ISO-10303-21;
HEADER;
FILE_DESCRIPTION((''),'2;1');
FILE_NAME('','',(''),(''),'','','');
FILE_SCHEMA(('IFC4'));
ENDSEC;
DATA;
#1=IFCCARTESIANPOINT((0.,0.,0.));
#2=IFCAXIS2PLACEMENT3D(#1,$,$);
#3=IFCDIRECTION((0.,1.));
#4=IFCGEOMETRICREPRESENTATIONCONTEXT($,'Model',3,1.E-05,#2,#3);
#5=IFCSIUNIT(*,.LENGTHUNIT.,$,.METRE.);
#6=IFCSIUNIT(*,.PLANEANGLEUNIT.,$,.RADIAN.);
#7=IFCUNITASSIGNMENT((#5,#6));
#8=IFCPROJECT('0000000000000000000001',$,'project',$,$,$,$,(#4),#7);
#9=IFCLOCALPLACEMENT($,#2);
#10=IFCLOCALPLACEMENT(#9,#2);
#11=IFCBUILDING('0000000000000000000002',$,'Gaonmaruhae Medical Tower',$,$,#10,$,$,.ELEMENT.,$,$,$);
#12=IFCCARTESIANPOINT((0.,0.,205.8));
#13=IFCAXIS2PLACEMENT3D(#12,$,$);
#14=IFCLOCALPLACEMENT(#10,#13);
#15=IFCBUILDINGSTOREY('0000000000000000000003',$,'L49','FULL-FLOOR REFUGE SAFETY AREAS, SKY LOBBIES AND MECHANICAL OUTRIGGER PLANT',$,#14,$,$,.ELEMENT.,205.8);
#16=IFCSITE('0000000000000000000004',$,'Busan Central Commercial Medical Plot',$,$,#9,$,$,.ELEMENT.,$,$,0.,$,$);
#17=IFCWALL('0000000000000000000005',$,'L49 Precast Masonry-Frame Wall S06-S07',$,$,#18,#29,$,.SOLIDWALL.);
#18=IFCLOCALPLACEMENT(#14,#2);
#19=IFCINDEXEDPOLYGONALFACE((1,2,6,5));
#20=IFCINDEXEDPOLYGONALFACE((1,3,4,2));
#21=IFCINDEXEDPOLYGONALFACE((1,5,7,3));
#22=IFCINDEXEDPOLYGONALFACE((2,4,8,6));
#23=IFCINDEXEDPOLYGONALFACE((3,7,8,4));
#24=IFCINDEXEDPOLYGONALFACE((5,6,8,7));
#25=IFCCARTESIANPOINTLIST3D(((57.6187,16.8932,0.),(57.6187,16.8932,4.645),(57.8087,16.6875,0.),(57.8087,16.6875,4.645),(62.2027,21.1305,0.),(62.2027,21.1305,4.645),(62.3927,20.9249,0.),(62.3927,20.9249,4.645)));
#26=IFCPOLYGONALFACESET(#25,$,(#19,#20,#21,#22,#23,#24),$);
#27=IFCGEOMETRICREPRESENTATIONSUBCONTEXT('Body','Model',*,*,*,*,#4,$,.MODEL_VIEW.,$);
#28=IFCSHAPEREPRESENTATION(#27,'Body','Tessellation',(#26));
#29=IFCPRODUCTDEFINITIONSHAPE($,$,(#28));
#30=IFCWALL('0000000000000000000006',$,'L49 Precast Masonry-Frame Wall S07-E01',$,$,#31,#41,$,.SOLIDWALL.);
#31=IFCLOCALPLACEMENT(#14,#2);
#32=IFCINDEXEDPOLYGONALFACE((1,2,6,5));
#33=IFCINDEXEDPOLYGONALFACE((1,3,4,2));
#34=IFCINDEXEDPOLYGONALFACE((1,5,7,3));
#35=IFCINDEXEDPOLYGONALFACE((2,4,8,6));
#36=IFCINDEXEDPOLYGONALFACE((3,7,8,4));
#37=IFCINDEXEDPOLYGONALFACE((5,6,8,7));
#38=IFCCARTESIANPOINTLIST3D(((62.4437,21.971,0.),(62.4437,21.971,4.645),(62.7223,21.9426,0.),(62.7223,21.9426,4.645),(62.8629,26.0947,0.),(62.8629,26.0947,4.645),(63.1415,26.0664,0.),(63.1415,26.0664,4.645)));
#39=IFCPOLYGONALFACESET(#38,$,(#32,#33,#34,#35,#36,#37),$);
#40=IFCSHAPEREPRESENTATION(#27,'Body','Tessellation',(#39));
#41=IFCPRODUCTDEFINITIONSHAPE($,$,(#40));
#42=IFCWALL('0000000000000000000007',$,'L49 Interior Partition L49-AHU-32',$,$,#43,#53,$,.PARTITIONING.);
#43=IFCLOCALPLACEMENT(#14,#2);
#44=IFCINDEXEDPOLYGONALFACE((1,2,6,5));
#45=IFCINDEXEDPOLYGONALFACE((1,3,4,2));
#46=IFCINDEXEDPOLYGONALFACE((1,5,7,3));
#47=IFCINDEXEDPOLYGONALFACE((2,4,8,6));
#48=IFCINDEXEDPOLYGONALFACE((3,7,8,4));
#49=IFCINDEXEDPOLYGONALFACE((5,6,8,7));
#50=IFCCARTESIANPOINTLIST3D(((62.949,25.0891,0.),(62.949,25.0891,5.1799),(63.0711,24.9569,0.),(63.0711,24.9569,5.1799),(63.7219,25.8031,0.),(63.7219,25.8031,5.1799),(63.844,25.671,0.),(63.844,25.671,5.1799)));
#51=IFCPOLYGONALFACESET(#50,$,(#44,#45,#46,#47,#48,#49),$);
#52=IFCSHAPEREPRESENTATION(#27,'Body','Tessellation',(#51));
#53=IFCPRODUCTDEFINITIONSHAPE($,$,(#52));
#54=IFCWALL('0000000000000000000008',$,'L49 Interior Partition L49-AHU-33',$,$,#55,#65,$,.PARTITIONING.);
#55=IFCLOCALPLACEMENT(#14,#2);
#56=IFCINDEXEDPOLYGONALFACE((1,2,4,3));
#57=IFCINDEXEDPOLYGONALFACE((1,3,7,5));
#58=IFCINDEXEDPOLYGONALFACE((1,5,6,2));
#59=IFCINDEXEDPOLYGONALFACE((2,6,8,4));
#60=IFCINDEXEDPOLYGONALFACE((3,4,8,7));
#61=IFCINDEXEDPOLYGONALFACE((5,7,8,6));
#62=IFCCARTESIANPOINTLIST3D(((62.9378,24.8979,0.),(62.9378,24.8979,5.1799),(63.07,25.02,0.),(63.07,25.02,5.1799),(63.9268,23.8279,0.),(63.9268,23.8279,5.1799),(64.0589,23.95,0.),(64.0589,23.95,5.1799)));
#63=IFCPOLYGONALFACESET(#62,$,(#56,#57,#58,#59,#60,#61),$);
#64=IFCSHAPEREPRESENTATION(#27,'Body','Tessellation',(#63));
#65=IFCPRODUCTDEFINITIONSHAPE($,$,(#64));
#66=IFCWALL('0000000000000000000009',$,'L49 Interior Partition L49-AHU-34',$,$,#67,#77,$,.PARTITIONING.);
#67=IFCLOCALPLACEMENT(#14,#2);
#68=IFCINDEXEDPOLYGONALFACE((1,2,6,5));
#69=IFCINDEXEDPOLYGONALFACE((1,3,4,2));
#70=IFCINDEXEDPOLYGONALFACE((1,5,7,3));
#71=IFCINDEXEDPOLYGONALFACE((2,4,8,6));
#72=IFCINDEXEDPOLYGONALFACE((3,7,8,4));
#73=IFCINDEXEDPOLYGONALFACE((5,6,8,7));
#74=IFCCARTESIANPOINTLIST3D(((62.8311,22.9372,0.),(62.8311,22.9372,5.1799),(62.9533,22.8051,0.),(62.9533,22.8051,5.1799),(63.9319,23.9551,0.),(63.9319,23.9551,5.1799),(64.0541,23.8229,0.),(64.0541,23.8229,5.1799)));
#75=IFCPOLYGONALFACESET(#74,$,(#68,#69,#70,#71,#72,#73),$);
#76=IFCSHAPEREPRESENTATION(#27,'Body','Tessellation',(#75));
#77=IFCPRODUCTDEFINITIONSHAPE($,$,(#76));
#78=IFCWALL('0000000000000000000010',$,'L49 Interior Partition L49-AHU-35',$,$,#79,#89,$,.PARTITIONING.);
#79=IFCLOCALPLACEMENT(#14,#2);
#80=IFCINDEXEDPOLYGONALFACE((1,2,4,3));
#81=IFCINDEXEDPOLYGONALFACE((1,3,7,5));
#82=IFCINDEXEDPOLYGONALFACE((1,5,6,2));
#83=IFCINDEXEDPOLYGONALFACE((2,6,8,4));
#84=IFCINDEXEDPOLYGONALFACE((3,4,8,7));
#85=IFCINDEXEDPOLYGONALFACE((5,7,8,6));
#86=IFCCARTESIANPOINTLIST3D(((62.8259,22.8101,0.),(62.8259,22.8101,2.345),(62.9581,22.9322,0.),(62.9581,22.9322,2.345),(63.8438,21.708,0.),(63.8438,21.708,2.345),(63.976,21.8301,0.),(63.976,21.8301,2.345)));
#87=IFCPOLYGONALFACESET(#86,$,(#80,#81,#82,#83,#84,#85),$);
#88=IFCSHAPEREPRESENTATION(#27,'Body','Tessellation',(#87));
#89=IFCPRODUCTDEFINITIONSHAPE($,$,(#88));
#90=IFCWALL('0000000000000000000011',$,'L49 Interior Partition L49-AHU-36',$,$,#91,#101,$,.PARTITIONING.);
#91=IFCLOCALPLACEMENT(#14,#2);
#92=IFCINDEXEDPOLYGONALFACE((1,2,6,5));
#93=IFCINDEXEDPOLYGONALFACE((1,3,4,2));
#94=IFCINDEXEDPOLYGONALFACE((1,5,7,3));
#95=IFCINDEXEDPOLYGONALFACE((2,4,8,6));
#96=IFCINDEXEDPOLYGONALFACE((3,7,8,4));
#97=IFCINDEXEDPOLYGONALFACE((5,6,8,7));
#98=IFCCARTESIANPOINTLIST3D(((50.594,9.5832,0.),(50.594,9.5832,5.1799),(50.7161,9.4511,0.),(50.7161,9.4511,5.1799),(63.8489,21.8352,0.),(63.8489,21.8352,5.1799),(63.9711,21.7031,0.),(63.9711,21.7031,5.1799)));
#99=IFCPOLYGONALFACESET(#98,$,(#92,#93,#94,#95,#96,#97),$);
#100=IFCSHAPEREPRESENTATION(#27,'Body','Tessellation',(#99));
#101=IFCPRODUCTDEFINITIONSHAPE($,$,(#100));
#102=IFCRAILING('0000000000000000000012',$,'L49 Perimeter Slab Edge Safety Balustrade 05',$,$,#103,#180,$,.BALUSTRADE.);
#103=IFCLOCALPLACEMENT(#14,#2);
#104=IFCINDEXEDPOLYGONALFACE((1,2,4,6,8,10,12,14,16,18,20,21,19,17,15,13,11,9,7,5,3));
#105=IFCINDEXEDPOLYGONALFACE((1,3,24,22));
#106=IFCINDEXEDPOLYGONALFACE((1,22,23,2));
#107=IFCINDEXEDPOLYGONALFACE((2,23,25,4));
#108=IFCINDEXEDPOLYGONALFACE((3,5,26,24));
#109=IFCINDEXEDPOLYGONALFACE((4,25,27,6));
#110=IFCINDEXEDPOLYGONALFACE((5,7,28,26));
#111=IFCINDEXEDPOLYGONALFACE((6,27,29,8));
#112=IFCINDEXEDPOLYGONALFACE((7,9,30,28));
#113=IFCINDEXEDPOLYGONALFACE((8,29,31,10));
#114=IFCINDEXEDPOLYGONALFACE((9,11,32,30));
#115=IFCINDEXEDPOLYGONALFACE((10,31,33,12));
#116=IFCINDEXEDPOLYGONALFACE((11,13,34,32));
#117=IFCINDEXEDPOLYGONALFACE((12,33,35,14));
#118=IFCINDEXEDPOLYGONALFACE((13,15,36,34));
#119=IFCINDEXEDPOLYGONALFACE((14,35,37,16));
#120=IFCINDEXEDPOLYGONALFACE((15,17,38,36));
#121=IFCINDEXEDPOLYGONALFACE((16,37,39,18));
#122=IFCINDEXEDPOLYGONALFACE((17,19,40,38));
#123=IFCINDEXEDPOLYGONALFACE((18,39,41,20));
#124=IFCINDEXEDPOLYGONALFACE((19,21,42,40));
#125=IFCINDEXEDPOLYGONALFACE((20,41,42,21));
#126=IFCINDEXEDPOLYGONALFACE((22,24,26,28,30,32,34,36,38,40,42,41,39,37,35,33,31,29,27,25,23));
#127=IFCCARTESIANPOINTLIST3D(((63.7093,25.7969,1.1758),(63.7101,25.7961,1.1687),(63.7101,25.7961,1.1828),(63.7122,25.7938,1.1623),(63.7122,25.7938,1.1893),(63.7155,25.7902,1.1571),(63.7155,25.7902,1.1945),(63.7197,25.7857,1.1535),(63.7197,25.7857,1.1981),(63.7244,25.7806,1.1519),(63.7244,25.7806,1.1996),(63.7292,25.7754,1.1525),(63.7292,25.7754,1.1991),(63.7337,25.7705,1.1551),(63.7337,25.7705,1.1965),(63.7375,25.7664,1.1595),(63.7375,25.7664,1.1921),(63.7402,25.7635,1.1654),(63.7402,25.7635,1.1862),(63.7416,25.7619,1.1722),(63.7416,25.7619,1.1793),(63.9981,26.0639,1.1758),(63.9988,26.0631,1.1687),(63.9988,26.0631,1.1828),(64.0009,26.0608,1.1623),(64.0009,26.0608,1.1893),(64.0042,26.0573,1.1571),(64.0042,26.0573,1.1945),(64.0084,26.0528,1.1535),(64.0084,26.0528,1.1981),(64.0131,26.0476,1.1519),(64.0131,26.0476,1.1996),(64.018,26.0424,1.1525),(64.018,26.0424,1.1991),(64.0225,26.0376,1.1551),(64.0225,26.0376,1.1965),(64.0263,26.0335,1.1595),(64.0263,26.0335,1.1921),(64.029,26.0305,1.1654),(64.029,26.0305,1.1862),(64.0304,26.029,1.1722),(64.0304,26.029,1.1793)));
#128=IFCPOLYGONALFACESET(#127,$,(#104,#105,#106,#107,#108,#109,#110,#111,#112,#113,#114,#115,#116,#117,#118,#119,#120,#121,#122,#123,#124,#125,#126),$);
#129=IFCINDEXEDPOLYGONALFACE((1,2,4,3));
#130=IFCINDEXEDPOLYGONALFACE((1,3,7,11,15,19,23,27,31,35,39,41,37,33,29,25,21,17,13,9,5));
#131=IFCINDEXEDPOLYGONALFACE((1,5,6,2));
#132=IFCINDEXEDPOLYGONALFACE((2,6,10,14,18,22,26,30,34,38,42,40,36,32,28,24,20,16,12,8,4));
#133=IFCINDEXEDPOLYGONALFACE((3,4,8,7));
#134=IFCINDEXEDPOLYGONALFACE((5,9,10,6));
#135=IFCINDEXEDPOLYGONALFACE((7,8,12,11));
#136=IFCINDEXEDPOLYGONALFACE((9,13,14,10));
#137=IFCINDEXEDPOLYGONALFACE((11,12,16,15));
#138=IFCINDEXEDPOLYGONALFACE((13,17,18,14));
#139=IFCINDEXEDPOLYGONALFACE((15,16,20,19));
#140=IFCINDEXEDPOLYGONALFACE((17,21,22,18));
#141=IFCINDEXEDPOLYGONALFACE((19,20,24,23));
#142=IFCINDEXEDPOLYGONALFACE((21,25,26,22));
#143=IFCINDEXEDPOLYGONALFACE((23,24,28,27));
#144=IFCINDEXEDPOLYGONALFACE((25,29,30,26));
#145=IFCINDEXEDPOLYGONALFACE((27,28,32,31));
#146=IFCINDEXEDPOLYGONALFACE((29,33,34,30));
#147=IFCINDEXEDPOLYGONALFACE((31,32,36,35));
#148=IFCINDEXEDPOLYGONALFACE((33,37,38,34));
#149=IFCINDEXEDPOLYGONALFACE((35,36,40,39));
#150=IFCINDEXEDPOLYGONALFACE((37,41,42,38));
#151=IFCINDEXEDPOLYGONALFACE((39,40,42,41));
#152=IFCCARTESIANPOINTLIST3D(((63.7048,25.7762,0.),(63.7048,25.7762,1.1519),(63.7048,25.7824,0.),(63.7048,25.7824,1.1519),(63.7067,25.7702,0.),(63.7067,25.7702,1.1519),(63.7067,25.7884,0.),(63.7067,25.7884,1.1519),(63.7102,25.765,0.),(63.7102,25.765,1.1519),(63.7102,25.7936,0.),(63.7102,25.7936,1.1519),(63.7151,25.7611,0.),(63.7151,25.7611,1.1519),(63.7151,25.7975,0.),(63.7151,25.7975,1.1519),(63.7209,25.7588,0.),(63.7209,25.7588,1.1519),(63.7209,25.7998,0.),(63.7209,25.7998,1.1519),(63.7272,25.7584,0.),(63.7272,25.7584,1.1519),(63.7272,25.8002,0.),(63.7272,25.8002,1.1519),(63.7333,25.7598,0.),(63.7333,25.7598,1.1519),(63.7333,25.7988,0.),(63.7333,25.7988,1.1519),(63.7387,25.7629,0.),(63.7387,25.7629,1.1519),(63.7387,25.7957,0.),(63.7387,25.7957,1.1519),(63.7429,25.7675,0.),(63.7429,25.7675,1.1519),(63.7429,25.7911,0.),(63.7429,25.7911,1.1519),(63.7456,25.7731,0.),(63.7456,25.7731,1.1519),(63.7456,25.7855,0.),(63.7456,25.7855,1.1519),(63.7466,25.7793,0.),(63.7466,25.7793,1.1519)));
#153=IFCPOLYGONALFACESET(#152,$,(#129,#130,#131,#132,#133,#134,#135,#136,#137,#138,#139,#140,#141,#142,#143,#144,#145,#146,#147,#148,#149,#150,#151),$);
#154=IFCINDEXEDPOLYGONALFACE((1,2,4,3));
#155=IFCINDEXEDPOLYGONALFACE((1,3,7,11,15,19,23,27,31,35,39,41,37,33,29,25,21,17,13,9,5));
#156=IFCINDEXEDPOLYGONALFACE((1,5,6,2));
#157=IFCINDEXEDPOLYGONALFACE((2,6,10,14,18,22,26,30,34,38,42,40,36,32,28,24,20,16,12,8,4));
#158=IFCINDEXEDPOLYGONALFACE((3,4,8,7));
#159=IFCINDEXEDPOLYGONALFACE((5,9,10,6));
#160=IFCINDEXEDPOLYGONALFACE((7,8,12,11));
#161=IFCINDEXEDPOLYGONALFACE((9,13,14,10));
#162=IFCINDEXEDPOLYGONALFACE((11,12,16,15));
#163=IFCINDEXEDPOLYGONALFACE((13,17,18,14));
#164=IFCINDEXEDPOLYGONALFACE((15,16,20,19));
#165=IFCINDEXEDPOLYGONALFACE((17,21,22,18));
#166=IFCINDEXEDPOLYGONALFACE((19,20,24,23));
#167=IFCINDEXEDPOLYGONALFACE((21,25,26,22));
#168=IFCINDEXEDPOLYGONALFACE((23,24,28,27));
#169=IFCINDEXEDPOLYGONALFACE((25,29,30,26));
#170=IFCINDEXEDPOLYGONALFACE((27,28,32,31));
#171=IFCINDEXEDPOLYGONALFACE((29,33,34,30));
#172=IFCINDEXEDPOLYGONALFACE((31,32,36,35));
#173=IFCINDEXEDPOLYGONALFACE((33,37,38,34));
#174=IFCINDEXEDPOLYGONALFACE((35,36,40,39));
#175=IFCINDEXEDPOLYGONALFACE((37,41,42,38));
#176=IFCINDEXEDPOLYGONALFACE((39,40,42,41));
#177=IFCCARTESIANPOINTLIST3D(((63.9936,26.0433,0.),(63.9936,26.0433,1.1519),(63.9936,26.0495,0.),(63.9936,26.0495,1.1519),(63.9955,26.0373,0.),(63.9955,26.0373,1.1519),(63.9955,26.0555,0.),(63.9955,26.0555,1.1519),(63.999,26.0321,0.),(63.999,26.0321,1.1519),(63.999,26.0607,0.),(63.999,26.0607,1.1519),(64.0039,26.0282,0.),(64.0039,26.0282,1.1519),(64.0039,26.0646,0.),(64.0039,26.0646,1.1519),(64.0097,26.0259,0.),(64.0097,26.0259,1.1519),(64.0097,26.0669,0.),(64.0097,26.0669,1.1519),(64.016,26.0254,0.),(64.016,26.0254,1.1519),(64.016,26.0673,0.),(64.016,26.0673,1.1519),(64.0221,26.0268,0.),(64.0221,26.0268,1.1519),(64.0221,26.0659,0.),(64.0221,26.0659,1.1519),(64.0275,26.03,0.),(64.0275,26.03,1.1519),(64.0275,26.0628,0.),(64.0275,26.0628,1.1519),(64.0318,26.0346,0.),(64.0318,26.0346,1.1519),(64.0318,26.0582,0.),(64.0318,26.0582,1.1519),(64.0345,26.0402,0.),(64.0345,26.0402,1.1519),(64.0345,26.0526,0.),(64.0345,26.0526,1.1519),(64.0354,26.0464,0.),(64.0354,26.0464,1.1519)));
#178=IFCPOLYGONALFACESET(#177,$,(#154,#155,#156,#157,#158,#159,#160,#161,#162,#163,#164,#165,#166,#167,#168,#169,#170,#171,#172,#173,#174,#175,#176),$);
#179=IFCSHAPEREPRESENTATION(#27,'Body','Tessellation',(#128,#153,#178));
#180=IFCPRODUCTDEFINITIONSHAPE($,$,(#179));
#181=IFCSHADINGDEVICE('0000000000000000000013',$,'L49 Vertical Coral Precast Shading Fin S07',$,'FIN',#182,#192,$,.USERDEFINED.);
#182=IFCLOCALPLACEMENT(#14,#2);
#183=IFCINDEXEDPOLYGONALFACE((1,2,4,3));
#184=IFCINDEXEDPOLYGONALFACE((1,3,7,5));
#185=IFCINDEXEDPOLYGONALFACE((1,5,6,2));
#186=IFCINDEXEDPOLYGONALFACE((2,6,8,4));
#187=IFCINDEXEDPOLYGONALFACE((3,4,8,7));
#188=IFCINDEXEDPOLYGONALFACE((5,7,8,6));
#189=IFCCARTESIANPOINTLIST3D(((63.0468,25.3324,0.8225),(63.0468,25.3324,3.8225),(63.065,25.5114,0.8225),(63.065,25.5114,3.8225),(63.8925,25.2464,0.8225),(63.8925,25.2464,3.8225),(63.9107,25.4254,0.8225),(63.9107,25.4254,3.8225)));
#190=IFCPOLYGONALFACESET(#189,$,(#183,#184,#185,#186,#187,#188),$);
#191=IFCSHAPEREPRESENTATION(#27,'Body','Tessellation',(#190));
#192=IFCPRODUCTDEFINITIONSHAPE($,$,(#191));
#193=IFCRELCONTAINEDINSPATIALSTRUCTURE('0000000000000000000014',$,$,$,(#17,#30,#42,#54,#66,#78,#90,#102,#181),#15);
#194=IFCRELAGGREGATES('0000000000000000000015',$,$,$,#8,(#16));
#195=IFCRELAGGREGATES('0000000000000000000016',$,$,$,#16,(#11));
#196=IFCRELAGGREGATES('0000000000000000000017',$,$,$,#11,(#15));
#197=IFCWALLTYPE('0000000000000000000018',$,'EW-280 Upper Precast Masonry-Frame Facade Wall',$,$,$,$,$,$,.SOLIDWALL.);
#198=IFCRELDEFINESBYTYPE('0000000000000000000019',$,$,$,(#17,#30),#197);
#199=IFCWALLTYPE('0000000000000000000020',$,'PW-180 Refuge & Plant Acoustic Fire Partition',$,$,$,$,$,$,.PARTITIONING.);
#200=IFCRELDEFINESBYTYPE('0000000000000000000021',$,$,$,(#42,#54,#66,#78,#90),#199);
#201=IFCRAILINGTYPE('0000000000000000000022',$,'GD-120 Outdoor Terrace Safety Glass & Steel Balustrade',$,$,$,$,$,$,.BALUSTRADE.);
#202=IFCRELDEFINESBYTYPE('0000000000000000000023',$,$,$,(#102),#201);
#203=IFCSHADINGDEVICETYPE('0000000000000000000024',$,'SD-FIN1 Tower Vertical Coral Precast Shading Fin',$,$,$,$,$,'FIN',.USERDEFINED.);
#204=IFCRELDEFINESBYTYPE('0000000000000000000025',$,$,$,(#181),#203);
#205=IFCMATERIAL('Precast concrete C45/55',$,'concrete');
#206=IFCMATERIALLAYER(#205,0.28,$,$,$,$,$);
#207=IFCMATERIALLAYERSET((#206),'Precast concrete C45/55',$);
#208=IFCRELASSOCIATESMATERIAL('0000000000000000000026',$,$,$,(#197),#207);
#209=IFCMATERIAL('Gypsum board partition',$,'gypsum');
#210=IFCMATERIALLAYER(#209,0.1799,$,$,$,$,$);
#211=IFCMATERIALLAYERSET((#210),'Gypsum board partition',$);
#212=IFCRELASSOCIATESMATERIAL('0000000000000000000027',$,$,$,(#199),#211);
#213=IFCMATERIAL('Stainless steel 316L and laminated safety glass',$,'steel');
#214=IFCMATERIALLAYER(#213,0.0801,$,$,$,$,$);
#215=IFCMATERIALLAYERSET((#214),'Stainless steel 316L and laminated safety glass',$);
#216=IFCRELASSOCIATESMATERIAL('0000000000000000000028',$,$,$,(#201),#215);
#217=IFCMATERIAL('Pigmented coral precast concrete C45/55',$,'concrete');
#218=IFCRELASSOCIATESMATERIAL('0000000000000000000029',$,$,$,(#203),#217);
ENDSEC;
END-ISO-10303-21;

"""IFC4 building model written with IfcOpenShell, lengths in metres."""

from ifc_helpers import new_model, si_unit, direction, frame, frame_2d, origin, origin_2d, place, context, subcontext, project, spatial, rectangle, circle, extrude, material, layer, layer_set, type_object, element, save


model = new_model("IFC4")

# Units and contexts
model_context = context("Model", 3, precision=1e-05, world=origin(), true_north=direction((0.0, 1.0)))
body_context = subcontext(model_context, "Body", "Model", "MODEL_VIEW")
ifc_project = project(units=[si_unit("LENGTHUNIT", "METRE"), si_unit("PLANEANGLEUNIT", "RADIAN")], contexts=[model_context])

# Site, building, storey
site_placement = place(None, origin())
site = spatial("IfcSite", under=ifc_project, at=site_placement, Name="Busan Central Commercial Medical Plot", CompositionType="ELEMENT", RefElevation=0.0)
building_placement = place(site_placement, origin())
building = spatial("IfcBuilding", under=site, at=building_placement, Name="Gaonmaruhae Medical Tower", CompositionType="ELEMENT")
storey_placement = place(building_placement, frame((0.0, 0.0, 205.8)))
storey = spatial("IfcBuildingStorey", under=building, at=storey_placement, Name="L49", Description="FULL-FLOOR REFUGE SAFETY AREAS, SKY LOBBIES AND MECHANICAL OUTRIGGER PLANT", CompositionType="ELEMENT", Elevation=205.8)

# Walls
ifc_material_1 = material(Name="Precast concrete C45/55", Category="concrete")
ifc_layer_1 = layer(ifc_material_1, 0.28)
ifc_layer_set_1 = layer_set([ifc_layer_1], Name="Precast concrete C45/55")
wall_type_1 = type_object("IfcWallType", Name="EW-280 Upper Precast Masonry-Frame Facade Wall", PredefinedType="SOLIDWALL", material=ifc_layer_set_1)
wall_1_placement = place(storey_placement, frame((62.2976, 21.0276, 0.0), z_axis=(0.0, 0.0, 1.0), x_axis=(-0.734329, -0.678793, 0.0)))
element("IfcWall", 1, at=wall_1_placement, inside=storey, type_object=wall_type_1, Name="L49 Precast Masonry-Frame Wall S06-S07", PredefinedType="SOLIDWALL", context=body_context, shape_type="SweptSolid", body=[
    extrude(rectangle(XDim=6.2424, YDim=0.28, at=frame_2d((3.1211, 0.0))), origin(), (0.0, 0.0, 1.0), 4.645),
])
wall_2_placement = place(storey_placement, frame((63.0022, 26.0806, 0.0), z_axis=(0.0, 0.0, 1.0), x_axis=(-0.101131, -0.994873, 0.0)))
element("IfcWall", 2, at=wall_2_placement, inside=storey, type_object=wall_type_1, Name="L49 Precast Masonry-Frame Wall S07-E01", PredefinedType="SOLIDWALL", context=body_context, shape_type="SweptSolid", body=[
    extrude(rectangle(XDim=4.145, YDim=0.28, at=frame_2d((2.0725, 0.0))), origin(), (0.0, 0.0, 1.0), 4.645),
])
ifc_material_2 = material(Name="Gypsum board partition", Category="gypsum")
ifc_layer_2 = layer(ifc_material_2, 0.1799)
ifc_layer_set_2 = layer_set([ifc_layer_2], Name="Gypsum board partition")
wall_type_2 = type_object("IfcWallType", Name="PW-180 Refuge & Plant Acoustic Fire Partition", PredefinedType="PARTITIONING", material=ifc_layer_set_2)
wall_3_placement = place(storey_placement, frame((63.783, 25.7371, 0.0), z_axis=(0.0, 0.0, 1.0), x_axis=(-0.73451, -0.678598, 0.0)))
element("IfcWall", 3, at=wall_3_placement, inside=storey, type_object=wall_type_2, Name="L49 Interior Partition L49-AHU-32", PredefinedType="PARTITIONING", context=body_context, shape_type="SweptSolid", body=[
    extrude(rectangle(XDim=1.0522, YDim=0.1799, at=frame_2d((0.5261, 0.0))), origin(), (0.0, 0.0, 1.0), 5.1799),
])
wall_4_placement = place(storey_placement, frame((63.0039, 24.959, 0.0), z_axis=(0.0, 0.0, 1.0), x_axis=(0.678746, -0.734373, 0.0)))
element("IfcWall", 4, at=wall_4_placement, inside=storey, type_object=wall_type_2, Name="L49 Interior Partition L49-AHU-33", PredefinedType="PARTITIONING", context=body_context, shape_type="SweptSolid", body=[
    extrude(rectangle(XDim=1.457, YDim=0.1799, at=frame_2d((0.7285, 0.0))), origin(), (0.0, 0.0, 1.0), 5.1799),
])
wall_5_placement = place(storey_placement, frame((63.9929, 23.8889, 0.0), z_axis=(0.0, 0.0, 1.0), x_axis=(-0.734248, -0.678882, 0.0)))
element("IfcWall", 5, at=wall_5_placement, inside=storey, type_object=wall_type_2, Name="L49 Interior Partition L49-AHU-34", PredefinedType="PARTITIONING", context=body_context, shape_type="SweptSolid", body=[
    extrude(rectangle(XDim=1.4993, YDim=0.1799, at=frame_2d((0.7495, 0.0))), origin(), (0.0, 0.0, 1.0), 5.1799),
])
wall_6_placement = place(storey_placement, frame((62.8921, 22.8711, 0.0), z_axis=(0.0, 0.0, 1.0), x_axis=(0.678476, -0.734622, 0.0)))
element("IfcWall", 6, at=wall_6_placement, inside=storey, type_object=wall_type_2, Name="L49 Interior Partition L49-AHU-35", PredefinedType="PARTITIONING", context=body_context, shape_type="SweptSolid", body=[
    extrude(rectangle(XDim=1.5002, YDim=0.1799, at=frame_2d((0.75, 0.0))), origin(), (0.0, 0.0, 1.0), 2.345),
])
wall_7_placement = place(storey_placement, frame((63.9099, 21.769, 0.0), z_axis=(0.0, 0.0, 1.0), x_axis=(-0.734343, -0.678779, 0.0)))
element("IfcWall", 7, at=wall_7_placement, inside=storey, type_object=wall_type_2, Name="L49 Interior Partition L49-AHU-36", PredefinedType="PARTITIONING", context=body_context, shape_type="SweptSolid", body=[
    extrude(rectangle(XDim=18.05, YDim=0.1799, at=frame_2d((9.0249, 0.0))), origin(), (0.0, 0.0, 1.0), 5.1799),
])

# Railing
ifc_material_3 = material(Name="Stainless steel 316L and laminated safety glass", Category="steel")
ifc_layer_3 = layer(ifc_material_3, 0.0801)
ifc_layer_set_3 = layer_set([ifc_layer_3], Name="Stainless steel 316L and laminated safety glass")
railing_type = type_object("IfcRailingType", Name="GD-120 Outdoor Terrace Safety Glass & Steel Balustrade", PredefinedType="BALUSTRADE", material=ifc_layer_set_3)
railing_placement = place(storey_placement, frame((63.7256, 25.7793, 0.0)))
element("IfcRailing", 8, at=railing_placement, inside=storey, type_object=railing_type, Name="L49 Perimeter Slab Edge Safety Balustrade 05", PredefinedType="BALUSTRADE", context=body_context, shape_type="SweptSolid", body=[
    extrude(circle(Radius=0.0239, at=origin_2d()), frame((0.0, 0.0, 1.1758), z_axis=(0.734185, 0.67895, 0.0), x_axis=(-0.67895, 0.734185, 0.0)), (0.0, 0.0, 1.0), 0.3933),
    extrude(circle(Radius=0.021, at=origin_2d()), origin(), (0.0, 0.0, 1.0), 1.1519),
    extrude(circle(Radius=0.021, at=origin_2d()), frame((0.2888, 0.2671, 0.0)), (0.0, 0.0, 1.0), 1.1519),
])

# Shading device
ifc_material_4 = material(Name="Pigmented coral precast concrete C45/55", Category="concrete")
shading_device_type = type_object("IfcShadingDeviceType", Name="SD-FIN1 Tower Vertical Coral Precast Shading Fin", ElementType="FIN", PredefinedType="USERDEFINED", material=ifc_material_4)
shading_device_placement = place(storey_placement, frame((63.4788, 25.3789, 0.8225), z_axis=(0.0, 0.0, 1.0), x_axis=(-0.101108, -0.994875, 0.0)))
element("IfcShadingDevice", 9, at=shading_device_placement, inside=storey, type_object=shading_device_type, Name="L49 Vertical Coral Precast Shading Fin S07", ObjectType="FIN", PredefinedType="USERDEFINED", context=body_context, shape_type="SweptSolid", body=[
    extrude(rectangle(XDim=0.1799, YDim=0.8501, at=origin_2d()), origin(), (0.0, 0.0, 1.0), 3.0),
])

save(model, "model.ifc")
